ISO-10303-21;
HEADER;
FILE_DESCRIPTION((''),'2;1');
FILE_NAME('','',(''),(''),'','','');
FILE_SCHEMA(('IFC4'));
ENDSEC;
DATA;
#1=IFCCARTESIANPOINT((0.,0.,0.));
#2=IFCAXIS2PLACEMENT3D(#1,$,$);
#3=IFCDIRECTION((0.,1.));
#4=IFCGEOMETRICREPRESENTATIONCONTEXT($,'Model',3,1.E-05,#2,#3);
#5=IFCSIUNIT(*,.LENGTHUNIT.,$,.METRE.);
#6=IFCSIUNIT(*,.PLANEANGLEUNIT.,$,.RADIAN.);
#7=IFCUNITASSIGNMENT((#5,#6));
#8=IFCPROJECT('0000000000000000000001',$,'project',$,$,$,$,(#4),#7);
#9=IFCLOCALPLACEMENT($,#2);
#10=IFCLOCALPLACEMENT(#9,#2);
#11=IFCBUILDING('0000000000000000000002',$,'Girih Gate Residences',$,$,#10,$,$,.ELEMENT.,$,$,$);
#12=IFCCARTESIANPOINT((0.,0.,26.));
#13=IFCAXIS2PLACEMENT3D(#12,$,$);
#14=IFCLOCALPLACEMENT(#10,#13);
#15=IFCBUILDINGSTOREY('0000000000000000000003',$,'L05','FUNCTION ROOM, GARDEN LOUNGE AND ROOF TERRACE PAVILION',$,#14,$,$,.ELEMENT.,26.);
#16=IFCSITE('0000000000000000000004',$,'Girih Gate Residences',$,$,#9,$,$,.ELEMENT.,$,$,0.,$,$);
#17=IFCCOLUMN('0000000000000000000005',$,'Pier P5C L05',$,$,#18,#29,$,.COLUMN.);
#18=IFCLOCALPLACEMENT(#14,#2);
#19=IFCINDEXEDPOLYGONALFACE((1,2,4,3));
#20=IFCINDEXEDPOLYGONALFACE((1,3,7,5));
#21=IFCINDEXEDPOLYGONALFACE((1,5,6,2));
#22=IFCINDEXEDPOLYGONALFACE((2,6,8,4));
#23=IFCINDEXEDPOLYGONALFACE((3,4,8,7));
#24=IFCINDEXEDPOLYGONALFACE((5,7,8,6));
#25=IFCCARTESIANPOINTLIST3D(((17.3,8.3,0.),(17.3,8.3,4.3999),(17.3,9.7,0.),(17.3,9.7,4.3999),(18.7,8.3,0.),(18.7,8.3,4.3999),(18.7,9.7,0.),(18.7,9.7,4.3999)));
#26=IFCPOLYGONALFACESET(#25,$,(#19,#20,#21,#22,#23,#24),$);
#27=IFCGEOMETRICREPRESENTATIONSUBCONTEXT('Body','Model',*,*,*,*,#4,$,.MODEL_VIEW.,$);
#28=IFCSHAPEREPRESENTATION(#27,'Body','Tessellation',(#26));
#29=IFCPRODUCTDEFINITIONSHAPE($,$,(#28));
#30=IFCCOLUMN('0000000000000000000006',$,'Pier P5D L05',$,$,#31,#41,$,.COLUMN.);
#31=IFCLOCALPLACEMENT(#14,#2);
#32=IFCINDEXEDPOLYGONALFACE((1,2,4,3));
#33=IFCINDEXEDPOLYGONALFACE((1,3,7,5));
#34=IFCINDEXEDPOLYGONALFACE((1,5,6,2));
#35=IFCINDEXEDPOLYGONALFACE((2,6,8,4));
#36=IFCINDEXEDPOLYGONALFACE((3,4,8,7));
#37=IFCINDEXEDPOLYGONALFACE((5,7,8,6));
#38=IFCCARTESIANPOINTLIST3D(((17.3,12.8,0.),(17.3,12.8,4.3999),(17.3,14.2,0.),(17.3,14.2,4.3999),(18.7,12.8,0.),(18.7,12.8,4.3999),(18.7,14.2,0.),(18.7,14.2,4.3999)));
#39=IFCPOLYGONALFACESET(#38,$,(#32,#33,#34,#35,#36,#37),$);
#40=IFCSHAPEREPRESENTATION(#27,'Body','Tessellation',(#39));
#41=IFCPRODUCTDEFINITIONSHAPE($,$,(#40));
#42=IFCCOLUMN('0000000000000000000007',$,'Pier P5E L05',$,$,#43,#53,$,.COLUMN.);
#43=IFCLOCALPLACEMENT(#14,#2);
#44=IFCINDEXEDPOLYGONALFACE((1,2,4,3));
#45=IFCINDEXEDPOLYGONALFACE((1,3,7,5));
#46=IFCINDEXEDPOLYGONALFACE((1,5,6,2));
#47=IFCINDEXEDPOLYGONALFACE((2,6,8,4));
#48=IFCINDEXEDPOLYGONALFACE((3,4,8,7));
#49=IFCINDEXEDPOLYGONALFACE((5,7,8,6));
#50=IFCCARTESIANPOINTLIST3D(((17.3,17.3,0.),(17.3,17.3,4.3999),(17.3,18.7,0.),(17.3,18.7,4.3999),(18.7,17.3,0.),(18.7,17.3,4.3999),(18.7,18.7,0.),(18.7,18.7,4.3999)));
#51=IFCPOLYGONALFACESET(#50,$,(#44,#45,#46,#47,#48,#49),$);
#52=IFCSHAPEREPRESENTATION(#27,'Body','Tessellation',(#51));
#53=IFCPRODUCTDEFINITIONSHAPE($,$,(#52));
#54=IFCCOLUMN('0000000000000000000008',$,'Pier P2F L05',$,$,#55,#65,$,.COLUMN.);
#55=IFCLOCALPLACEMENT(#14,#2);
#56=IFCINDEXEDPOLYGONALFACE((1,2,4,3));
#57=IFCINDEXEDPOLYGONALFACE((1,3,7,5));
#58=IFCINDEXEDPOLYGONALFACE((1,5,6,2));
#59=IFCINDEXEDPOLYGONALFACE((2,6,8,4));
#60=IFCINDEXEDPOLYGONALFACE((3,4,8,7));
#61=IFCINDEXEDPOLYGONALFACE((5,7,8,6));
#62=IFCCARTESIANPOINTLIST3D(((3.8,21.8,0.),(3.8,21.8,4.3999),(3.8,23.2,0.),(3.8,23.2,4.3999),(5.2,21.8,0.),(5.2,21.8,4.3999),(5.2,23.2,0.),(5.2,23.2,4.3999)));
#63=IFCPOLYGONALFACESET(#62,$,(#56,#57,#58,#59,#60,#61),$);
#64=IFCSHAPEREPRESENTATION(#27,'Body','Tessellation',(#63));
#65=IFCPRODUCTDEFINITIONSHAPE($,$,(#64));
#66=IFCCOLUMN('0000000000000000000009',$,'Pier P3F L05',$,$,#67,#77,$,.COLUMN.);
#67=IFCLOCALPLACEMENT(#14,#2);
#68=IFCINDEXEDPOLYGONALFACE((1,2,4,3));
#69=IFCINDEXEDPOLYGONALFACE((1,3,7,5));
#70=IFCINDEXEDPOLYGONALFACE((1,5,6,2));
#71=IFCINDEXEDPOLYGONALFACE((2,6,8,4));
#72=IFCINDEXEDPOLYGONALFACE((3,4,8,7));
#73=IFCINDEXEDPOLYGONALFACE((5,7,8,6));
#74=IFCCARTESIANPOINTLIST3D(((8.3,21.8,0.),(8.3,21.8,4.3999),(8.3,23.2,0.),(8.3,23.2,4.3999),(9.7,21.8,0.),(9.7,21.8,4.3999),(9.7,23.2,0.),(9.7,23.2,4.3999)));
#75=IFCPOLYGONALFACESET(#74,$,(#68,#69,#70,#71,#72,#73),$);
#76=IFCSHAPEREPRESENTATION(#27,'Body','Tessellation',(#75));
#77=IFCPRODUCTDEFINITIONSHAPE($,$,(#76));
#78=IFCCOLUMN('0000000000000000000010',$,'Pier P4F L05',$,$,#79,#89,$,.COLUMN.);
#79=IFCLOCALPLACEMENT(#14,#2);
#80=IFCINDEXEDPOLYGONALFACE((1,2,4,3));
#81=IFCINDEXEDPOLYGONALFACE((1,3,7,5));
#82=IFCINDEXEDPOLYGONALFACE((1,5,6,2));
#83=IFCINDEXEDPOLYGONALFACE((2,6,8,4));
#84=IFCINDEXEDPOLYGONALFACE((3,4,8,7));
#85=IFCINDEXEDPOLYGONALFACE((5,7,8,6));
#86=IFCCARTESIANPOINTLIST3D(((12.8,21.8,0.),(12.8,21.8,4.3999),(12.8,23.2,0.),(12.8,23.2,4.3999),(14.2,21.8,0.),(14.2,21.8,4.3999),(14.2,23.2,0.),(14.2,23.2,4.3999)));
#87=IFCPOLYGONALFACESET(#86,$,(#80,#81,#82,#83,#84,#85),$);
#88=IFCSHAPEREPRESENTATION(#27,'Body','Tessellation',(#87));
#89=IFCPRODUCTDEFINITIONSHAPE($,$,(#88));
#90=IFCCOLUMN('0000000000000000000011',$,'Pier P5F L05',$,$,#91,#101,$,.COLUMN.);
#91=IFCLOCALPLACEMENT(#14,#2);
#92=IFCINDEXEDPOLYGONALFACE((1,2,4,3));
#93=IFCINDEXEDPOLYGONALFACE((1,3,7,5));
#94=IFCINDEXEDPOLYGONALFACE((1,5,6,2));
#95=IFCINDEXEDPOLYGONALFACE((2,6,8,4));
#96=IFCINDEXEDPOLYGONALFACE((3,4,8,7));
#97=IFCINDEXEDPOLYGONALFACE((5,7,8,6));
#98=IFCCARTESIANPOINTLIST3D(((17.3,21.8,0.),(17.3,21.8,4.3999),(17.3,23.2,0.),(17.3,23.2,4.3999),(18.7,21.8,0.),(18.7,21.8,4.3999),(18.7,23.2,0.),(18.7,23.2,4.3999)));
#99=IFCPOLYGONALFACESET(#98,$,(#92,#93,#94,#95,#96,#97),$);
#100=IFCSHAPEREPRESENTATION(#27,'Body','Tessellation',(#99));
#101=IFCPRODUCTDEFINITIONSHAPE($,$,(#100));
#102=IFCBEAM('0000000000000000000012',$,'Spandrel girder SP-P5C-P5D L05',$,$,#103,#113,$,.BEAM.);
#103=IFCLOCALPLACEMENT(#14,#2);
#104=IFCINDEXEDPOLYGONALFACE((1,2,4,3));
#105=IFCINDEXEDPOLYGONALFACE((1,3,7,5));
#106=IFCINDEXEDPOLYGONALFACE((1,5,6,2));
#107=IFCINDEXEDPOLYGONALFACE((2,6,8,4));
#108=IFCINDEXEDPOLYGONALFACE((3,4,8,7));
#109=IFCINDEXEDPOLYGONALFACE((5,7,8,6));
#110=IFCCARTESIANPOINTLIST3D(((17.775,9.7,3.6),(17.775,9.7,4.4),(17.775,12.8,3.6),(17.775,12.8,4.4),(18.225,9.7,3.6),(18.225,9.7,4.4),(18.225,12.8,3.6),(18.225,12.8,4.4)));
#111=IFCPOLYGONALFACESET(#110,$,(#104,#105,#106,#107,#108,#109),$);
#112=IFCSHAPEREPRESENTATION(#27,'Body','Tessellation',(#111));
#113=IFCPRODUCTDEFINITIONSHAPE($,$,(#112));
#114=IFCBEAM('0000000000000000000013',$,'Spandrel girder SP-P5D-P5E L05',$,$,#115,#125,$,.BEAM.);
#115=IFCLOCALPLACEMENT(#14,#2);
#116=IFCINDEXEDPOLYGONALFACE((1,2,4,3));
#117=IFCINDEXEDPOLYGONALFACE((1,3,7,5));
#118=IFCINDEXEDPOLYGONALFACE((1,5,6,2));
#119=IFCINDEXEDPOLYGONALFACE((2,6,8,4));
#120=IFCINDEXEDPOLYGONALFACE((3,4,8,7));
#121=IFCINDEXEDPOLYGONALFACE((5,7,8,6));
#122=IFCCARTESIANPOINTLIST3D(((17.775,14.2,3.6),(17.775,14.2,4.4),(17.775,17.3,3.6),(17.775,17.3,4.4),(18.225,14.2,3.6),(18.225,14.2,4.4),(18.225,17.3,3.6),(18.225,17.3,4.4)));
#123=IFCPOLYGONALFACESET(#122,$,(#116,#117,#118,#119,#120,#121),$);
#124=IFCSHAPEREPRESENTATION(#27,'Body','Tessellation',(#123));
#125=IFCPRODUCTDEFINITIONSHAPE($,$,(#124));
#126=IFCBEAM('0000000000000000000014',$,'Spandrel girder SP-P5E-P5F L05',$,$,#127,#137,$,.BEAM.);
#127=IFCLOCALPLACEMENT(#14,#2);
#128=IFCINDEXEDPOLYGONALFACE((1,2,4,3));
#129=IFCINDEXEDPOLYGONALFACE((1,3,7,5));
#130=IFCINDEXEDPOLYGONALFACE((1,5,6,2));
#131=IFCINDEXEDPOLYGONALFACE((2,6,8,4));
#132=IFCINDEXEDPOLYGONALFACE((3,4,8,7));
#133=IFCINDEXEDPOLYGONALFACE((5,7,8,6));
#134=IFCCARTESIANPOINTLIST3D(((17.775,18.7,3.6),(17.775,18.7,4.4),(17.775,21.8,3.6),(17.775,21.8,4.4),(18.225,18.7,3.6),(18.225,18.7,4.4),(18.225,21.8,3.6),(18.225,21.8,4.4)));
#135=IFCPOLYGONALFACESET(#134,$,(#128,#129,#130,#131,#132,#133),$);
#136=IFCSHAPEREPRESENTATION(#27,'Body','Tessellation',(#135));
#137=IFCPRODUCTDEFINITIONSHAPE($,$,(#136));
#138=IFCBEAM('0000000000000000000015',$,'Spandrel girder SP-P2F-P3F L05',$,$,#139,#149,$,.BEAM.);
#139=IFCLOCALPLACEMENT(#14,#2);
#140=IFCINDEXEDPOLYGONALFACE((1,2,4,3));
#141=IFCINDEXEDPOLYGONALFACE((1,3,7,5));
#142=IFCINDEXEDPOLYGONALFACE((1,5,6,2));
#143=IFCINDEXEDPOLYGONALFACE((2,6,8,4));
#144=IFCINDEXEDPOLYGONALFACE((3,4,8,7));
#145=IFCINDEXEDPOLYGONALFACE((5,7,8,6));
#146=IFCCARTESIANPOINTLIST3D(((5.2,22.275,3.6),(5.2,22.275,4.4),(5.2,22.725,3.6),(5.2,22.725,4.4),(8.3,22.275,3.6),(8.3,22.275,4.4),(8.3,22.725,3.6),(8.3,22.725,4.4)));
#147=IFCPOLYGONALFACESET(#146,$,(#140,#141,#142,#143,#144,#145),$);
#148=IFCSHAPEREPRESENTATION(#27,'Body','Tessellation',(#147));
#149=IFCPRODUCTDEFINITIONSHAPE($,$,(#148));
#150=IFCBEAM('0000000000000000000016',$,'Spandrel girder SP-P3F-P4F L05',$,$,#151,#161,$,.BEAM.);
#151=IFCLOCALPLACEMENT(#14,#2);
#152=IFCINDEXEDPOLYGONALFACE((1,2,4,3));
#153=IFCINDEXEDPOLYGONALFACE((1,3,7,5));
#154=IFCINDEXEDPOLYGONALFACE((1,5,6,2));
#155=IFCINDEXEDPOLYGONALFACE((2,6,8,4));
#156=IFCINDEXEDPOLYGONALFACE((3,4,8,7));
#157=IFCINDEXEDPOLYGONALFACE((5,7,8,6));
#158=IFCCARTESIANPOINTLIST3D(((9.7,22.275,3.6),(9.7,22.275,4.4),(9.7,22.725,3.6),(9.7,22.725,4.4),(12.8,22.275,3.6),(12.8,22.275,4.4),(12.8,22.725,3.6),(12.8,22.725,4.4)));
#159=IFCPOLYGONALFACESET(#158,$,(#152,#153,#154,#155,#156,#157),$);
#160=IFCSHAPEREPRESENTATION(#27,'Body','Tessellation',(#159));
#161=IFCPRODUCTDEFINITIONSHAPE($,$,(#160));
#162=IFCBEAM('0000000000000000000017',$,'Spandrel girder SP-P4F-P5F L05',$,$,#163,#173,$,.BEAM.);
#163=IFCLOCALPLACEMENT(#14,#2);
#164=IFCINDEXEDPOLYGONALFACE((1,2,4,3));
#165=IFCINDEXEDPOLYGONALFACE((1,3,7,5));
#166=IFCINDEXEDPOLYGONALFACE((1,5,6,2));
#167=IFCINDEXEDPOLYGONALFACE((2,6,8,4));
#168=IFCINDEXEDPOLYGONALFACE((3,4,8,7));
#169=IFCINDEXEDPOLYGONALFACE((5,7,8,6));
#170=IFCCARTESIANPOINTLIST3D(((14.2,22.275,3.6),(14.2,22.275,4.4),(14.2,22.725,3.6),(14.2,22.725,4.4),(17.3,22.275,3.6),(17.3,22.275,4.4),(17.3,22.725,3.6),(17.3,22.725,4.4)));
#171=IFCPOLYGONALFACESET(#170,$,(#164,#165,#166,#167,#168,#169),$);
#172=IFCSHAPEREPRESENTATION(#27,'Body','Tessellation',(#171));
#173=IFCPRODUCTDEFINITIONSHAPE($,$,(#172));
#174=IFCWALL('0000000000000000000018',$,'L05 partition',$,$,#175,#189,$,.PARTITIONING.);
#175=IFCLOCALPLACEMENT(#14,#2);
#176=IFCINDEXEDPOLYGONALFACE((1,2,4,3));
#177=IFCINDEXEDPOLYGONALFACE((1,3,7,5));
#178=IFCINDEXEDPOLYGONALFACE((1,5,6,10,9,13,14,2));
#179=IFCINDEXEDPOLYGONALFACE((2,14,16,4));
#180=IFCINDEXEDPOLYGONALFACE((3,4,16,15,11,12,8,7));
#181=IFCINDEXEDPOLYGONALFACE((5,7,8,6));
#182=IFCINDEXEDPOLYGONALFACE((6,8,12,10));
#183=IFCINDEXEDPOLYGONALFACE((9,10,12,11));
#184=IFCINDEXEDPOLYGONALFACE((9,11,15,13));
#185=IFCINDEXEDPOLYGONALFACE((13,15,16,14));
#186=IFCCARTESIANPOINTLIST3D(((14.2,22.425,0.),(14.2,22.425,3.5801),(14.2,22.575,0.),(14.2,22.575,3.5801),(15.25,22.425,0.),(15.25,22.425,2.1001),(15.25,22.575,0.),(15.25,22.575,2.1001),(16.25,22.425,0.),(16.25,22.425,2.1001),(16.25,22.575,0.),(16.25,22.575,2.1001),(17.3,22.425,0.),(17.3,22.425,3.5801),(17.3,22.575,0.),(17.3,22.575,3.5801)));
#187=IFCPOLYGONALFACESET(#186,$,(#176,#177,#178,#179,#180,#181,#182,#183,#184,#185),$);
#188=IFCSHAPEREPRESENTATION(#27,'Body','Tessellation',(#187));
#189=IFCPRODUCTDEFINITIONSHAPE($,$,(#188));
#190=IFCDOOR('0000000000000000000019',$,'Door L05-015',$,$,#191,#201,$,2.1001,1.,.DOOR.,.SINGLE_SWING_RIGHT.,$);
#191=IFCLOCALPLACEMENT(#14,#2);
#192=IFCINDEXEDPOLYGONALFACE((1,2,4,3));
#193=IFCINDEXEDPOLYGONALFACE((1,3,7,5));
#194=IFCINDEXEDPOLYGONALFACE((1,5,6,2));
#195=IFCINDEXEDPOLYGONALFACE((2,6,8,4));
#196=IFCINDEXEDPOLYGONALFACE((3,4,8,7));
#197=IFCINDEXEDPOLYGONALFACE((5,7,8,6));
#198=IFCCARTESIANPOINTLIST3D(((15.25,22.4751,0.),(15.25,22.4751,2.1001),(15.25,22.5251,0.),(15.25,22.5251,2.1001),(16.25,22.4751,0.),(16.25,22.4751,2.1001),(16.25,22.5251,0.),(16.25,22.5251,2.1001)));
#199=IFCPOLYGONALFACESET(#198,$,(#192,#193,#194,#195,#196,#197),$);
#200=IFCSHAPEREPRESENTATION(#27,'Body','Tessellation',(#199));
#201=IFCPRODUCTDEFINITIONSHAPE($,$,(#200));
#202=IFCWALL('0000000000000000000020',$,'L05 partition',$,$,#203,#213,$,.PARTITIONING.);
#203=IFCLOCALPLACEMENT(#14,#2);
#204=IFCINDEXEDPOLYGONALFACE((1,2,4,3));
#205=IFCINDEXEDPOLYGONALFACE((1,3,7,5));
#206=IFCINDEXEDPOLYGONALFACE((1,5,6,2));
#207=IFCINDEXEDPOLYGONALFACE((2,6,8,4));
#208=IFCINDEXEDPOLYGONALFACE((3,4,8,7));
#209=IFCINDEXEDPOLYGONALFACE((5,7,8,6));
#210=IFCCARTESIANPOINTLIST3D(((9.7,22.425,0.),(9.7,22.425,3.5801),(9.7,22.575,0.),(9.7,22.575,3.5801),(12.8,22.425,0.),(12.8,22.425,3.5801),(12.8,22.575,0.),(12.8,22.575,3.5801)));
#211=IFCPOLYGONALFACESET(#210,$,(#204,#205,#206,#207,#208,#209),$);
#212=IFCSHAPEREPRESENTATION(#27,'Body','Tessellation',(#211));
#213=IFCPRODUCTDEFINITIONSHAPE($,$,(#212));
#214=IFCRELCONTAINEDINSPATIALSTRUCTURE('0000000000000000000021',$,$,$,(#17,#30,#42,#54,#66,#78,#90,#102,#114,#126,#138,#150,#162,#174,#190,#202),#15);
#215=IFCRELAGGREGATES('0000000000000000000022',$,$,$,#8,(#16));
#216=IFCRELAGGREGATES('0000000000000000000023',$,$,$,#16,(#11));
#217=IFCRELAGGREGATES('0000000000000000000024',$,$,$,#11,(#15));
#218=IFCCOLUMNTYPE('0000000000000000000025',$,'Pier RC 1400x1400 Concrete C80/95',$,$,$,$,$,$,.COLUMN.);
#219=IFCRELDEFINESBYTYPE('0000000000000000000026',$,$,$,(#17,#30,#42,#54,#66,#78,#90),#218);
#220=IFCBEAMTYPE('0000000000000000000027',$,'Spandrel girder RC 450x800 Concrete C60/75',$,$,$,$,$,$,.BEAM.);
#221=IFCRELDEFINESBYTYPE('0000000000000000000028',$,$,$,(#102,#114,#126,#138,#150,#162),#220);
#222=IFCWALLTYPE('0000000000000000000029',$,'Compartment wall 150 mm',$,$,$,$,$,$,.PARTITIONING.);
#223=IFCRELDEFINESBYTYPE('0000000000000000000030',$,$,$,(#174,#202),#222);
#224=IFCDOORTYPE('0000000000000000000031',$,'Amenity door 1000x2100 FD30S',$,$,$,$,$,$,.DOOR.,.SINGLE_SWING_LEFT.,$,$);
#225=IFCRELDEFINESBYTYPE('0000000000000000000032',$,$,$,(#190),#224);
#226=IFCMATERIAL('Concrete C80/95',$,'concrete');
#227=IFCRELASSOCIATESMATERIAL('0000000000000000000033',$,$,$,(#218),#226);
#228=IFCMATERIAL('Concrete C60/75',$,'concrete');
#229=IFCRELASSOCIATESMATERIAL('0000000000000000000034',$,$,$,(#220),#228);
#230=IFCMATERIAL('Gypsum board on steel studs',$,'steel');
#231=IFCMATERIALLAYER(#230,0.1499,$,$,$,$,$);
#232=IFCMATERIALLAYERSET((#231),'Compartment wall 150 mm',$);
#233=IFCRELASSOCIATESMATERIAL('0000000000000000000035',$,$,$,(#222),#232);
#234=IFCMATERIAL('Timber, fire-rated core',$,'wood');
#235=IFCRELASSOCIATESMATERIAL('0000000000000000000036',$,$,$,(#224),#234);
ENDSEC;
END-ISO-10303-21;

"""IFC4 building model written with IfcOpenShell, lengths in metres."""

from ifc_helpers import new_model, si_unit, direction, frame, frame_2d, origin, origin_2d, place, context, subcontext, project, spatial, rectangle, extrude, material, layer, layer_set, material_profile, profile_set, type_object, element, fill, save


model = new_model("IFC4")

# Units and contexts
model_context = context("Model", 3, precision=1e-05, world=origin(), true_north=direction((0.0, 1.0)))
body_context = subcontext(model_context, "Body", "Model", "MODEL_VIEW")
ifc_project = project(units=[si_unit("LENGTHUNIT", "METRE"), si_unit("PLANEANGLEUNIT", "RADIAN")], contexts=[model_context])

# Site, building, storey
site_placement = place(None, origin())
site = spatial("IfcSite", under=ifc_project, at=site_placement, Name="Girih Gate Residences", CompositionType="ELEMENT", RefElevation=0.0)
building_placement = place(site_placement, origin())
building = spatial("IfcBuilding", under=site, at=building_placement, Name="Girih Gate Residences", CompositionType="ELEMENT")
storey_placement = place(building_placement, frame((0.0, 0.0, 26.0)))
storey = spatial("IfcBuildingStorey", under=building, at=storey_placement, Name="L05", Description="FUNCTION ROOM, GARDEN LOUNGE AND ROOF TERRACE PAVILION", CompositionType="ELEMENT", Elevation=26.0)

# Columns
ifc_material_1 = material(Name="Concrete C80/95", Category="concrete")
ifc_material_profile_1 = material_profile(ifc_material_1, rectangle(XDim=1.3999, YDim=1.3999, at=origin_2d()))
ifc_profile_set_1 = profile_set([ifc_material_profile_1], Name="Concrete C80/95")
column_type = type_object("IfcColumnType", Name="Pier RC 1400x1400 Concrete C80/95", PredefinedType="COLUMN", material=ifc_profile_set_1)
for number, where, z_axis, x_axis, name in (
    (1, (18.0, 9.0, 0.0), (0.0, 0.0, 1.0), (1.0, 0.0, 0.0), "Pier P5C L05"),
    (2, (18.0, 13.5, 0.0), (0.0, 0.0, 1.0), (1.0, 0.0, 0.0), "Pier P5D L05"),
    (3, (18.0, 18.0, 0.0), (0.0, 0.0, 1.0), (1.0, 0.0, 0.0), "Pier P5E L05"),
    (4, (4.5, 22.5, 0.0), (0.0, 0.0, 1.0), (1.0, 0.0, 0.0), "Pier P2F L05"),
    (5, (9.0, 22.5, 0.0), (0.0, 0.0, 1.0), (1.0, 0.0, 0.0), "Pier P3F L05"),
    (6, (13.5, 22.5, 0.0), (0.0, 0.0, 1.0), (1.0, 0.0, 0.0), "Pier P4F L05"),
    (7, (18.0, 22.5, 0.0), (0.0, 0.0, 1.0), (1.0, 0.0, 0.0), "Pier P5F L05"),
):
    element("IfcColumn", number, at=place(storey_placement, frame(where, z_axis=z_axis, x_axis=x_axis)), inside=storey, type_object=column_type, Name=name, PredefinedType="COLUMN", context=body_context, shape_type="SweptSolid", body=[
        extrude(rectangle(XDim=1.3999, YDim=1.3999, at=origin_2d()), origin(), (0.0, 0.0, 1.0), 4.3999),
    ])

# Beams
ifc_material_2 = material(Name="Concrete C60/75", Category="concrete")
ifc_material_profile_2 = material_profile(ifc_material_2, rectangle(XDim=0.45, YDim=0.8, at=origin_2d()))
ifc_profile_set_2 = profile_set([ifc_material_profile_2], Name="Concrete C60/75")
beam_type = type_object("IfcBeamType", Name="Spandrel girder RC 450x800 Concrete C60/75", PredefinedType="BEAM", material=ifc_profile_set_2)
for number, where, z_axis, x_axis, name in (
    (8, (18.0, 9.7, 4.0), (0.0, 1.0, 0.0), (-1.0, 0.0, 0.0), "Spandrel girder SP-P5C-P5D L05"),
    (9, (18.0, 14.2, 4.0), (0.0, 1.0, 0.0), (-1.0, 0.0, 0.0), "Spandrel girder SP-P5D-P5E L05"),
    (10, (18.0, 18.7, 4.0), (0.0, 1.0, 0.0), (-1.0, 0.0, 0.0), "Spandrel girder SP-P5E-P5F L05"),
    (11, (5.2, 22.5, 4.0), (1.0, 0.0, 0.0), (0.0, 1.0, 0.0), "Spandrel girder SP-P2F-P3F L05"),
    (12, (9.7, 22.5, 4.0), (1.0, 0.0, 0.0), (0.0, 1.0, 0.0), "Spandrel girder SP-P3F-P4F L05"),
    (13, (14.2, 22.5, 4.0), (1.0, 0.0, 0.0), (0.0, 1.0, 0.0), "Spandrel girder SP-P4F-P5F L05"),
):
    element("IfcBeam", number, at=place(storey_placement, frame(where, z_axis=z_axis, x_axis=x_axis)), inside=storey, type_object=beam_type, Name=name, PredefinedType="BEAM", context=body_context, shape_type="SweptSolid", body=[
        extrude(rectangle(XDim=0.45, YDim=0.8, at=origin_2d()), origin(), (0.0, 0.0, 1.0), 3.1001),
    ])

# Wall, opening, door
ifc_material_3 = material(Name="Gypsum board on steel studs", Category="steel")
ifc_layer_1 = layer(ifc_material_3, 0.1499)
ifc_layer_set_1 = layer_set([ifc_layer_1], Name="Compartment wall 150 mm")
wall_type_1 = type_object("IfcWallType", Name="Compartment wall 150 mm", PredefinedType="PARTITIONING", material=ifc_layer_set_1)
wall_1_placement = place(storey_placement, frame((17.3, 22.5, 0.0), z_axis=(0.0, 0.0, 1.0), x_axis=(-1.0, 0.0, 0.0)))
wall_1 = element("IfcWall", 14, at=wall_1_placement, inside=storey, type_object=wall_type_1, Name="L05 partition", PredefinedType="PARTITIONING", context=body_context, shape_type="SweptSolid", body=[
    extrude(rectangle(XDim=3.1001, YDim=0.1499, at=frame_2d((1.55, 0.0))), origin(), (0.0, 0.0, 1.0), 3.5801),
])
opening_1_placement = place(wall_1_placement, frame((1.05, 0.0, 0.0)))
opening_1 = element("IfcOpeningElement", 15, at=opening_1_placement, cuts=wall_1, PredefinedType="OPENING", context=body_context, shape_type="SweptSolid", body=[
    extrude(rectangle(XDim=1.0, YDim=2.1001, at=frame_2d((0.5, 1.05))), frame((0.0, 0.085, 0.0), z_axis=(0.0, -1.0, 0.0), x_axis=(1.0, 0.0, 0.0)), (0.0, 0.0, 1.0), 0.1699),
])
ifc_material_4 = material(Name="Timber, fire-rated core", Category="wood")
door_type_1 = type_object("IfcDoorType", Name="Amenity door 1000x2100 FD30S", OperationType="SINGLE_SWING_LEFT", PredefinedType="DOOR", material=ifc_material_4)
door_1_placement = place(opening_1_placement, origin())
door_1 = element("IfcDoor", 16, at=door_1_placement, inside=storey, type_object=door_type_1, Name="Door L05-015", OperationType="SINGLE_SWING_RIGHT", OverallHeight=2.1001, OverallWidth=1.0, PredefinedType="DOOR", context=body_context, shape_type="SweptSolid", body=[
    extrude(rectangle(XDim=1.0, YDim=2.1001, at=frame_2d((0.5, 1.05))), frame((0.0, 0.0249, 0.0), z_axis=(0.0, -1.0, 0.0), x_axis=(1.0, 0.0, 0.0)), (0.0, 0.0, 1.0), 0.05),
])
fill(opening_1, door_1)

# Wall
wall_2_placement = place(storey_placement, frame((9.7, 22.5, 0.0), z_axis=(0.0, 0.0, 1.0), x_axis=(1.0, 0.0, 0.0)))
element("IfcWall", 17, at=wall_2_placement, inside=storey, type_object=wall_type_1, Name="L05 partition", PredefinedType="PARTITIONING", context=body_context, shape_type="SweptSolid", body=[
    extrude(rectangle(XDim=3.1001, YDim=0.1499, at=frame_2d((1.55, 0.0))), origin(), (0.0, 0.0, 1.0), 3.5801),
])

save(model, "model.ifc")
